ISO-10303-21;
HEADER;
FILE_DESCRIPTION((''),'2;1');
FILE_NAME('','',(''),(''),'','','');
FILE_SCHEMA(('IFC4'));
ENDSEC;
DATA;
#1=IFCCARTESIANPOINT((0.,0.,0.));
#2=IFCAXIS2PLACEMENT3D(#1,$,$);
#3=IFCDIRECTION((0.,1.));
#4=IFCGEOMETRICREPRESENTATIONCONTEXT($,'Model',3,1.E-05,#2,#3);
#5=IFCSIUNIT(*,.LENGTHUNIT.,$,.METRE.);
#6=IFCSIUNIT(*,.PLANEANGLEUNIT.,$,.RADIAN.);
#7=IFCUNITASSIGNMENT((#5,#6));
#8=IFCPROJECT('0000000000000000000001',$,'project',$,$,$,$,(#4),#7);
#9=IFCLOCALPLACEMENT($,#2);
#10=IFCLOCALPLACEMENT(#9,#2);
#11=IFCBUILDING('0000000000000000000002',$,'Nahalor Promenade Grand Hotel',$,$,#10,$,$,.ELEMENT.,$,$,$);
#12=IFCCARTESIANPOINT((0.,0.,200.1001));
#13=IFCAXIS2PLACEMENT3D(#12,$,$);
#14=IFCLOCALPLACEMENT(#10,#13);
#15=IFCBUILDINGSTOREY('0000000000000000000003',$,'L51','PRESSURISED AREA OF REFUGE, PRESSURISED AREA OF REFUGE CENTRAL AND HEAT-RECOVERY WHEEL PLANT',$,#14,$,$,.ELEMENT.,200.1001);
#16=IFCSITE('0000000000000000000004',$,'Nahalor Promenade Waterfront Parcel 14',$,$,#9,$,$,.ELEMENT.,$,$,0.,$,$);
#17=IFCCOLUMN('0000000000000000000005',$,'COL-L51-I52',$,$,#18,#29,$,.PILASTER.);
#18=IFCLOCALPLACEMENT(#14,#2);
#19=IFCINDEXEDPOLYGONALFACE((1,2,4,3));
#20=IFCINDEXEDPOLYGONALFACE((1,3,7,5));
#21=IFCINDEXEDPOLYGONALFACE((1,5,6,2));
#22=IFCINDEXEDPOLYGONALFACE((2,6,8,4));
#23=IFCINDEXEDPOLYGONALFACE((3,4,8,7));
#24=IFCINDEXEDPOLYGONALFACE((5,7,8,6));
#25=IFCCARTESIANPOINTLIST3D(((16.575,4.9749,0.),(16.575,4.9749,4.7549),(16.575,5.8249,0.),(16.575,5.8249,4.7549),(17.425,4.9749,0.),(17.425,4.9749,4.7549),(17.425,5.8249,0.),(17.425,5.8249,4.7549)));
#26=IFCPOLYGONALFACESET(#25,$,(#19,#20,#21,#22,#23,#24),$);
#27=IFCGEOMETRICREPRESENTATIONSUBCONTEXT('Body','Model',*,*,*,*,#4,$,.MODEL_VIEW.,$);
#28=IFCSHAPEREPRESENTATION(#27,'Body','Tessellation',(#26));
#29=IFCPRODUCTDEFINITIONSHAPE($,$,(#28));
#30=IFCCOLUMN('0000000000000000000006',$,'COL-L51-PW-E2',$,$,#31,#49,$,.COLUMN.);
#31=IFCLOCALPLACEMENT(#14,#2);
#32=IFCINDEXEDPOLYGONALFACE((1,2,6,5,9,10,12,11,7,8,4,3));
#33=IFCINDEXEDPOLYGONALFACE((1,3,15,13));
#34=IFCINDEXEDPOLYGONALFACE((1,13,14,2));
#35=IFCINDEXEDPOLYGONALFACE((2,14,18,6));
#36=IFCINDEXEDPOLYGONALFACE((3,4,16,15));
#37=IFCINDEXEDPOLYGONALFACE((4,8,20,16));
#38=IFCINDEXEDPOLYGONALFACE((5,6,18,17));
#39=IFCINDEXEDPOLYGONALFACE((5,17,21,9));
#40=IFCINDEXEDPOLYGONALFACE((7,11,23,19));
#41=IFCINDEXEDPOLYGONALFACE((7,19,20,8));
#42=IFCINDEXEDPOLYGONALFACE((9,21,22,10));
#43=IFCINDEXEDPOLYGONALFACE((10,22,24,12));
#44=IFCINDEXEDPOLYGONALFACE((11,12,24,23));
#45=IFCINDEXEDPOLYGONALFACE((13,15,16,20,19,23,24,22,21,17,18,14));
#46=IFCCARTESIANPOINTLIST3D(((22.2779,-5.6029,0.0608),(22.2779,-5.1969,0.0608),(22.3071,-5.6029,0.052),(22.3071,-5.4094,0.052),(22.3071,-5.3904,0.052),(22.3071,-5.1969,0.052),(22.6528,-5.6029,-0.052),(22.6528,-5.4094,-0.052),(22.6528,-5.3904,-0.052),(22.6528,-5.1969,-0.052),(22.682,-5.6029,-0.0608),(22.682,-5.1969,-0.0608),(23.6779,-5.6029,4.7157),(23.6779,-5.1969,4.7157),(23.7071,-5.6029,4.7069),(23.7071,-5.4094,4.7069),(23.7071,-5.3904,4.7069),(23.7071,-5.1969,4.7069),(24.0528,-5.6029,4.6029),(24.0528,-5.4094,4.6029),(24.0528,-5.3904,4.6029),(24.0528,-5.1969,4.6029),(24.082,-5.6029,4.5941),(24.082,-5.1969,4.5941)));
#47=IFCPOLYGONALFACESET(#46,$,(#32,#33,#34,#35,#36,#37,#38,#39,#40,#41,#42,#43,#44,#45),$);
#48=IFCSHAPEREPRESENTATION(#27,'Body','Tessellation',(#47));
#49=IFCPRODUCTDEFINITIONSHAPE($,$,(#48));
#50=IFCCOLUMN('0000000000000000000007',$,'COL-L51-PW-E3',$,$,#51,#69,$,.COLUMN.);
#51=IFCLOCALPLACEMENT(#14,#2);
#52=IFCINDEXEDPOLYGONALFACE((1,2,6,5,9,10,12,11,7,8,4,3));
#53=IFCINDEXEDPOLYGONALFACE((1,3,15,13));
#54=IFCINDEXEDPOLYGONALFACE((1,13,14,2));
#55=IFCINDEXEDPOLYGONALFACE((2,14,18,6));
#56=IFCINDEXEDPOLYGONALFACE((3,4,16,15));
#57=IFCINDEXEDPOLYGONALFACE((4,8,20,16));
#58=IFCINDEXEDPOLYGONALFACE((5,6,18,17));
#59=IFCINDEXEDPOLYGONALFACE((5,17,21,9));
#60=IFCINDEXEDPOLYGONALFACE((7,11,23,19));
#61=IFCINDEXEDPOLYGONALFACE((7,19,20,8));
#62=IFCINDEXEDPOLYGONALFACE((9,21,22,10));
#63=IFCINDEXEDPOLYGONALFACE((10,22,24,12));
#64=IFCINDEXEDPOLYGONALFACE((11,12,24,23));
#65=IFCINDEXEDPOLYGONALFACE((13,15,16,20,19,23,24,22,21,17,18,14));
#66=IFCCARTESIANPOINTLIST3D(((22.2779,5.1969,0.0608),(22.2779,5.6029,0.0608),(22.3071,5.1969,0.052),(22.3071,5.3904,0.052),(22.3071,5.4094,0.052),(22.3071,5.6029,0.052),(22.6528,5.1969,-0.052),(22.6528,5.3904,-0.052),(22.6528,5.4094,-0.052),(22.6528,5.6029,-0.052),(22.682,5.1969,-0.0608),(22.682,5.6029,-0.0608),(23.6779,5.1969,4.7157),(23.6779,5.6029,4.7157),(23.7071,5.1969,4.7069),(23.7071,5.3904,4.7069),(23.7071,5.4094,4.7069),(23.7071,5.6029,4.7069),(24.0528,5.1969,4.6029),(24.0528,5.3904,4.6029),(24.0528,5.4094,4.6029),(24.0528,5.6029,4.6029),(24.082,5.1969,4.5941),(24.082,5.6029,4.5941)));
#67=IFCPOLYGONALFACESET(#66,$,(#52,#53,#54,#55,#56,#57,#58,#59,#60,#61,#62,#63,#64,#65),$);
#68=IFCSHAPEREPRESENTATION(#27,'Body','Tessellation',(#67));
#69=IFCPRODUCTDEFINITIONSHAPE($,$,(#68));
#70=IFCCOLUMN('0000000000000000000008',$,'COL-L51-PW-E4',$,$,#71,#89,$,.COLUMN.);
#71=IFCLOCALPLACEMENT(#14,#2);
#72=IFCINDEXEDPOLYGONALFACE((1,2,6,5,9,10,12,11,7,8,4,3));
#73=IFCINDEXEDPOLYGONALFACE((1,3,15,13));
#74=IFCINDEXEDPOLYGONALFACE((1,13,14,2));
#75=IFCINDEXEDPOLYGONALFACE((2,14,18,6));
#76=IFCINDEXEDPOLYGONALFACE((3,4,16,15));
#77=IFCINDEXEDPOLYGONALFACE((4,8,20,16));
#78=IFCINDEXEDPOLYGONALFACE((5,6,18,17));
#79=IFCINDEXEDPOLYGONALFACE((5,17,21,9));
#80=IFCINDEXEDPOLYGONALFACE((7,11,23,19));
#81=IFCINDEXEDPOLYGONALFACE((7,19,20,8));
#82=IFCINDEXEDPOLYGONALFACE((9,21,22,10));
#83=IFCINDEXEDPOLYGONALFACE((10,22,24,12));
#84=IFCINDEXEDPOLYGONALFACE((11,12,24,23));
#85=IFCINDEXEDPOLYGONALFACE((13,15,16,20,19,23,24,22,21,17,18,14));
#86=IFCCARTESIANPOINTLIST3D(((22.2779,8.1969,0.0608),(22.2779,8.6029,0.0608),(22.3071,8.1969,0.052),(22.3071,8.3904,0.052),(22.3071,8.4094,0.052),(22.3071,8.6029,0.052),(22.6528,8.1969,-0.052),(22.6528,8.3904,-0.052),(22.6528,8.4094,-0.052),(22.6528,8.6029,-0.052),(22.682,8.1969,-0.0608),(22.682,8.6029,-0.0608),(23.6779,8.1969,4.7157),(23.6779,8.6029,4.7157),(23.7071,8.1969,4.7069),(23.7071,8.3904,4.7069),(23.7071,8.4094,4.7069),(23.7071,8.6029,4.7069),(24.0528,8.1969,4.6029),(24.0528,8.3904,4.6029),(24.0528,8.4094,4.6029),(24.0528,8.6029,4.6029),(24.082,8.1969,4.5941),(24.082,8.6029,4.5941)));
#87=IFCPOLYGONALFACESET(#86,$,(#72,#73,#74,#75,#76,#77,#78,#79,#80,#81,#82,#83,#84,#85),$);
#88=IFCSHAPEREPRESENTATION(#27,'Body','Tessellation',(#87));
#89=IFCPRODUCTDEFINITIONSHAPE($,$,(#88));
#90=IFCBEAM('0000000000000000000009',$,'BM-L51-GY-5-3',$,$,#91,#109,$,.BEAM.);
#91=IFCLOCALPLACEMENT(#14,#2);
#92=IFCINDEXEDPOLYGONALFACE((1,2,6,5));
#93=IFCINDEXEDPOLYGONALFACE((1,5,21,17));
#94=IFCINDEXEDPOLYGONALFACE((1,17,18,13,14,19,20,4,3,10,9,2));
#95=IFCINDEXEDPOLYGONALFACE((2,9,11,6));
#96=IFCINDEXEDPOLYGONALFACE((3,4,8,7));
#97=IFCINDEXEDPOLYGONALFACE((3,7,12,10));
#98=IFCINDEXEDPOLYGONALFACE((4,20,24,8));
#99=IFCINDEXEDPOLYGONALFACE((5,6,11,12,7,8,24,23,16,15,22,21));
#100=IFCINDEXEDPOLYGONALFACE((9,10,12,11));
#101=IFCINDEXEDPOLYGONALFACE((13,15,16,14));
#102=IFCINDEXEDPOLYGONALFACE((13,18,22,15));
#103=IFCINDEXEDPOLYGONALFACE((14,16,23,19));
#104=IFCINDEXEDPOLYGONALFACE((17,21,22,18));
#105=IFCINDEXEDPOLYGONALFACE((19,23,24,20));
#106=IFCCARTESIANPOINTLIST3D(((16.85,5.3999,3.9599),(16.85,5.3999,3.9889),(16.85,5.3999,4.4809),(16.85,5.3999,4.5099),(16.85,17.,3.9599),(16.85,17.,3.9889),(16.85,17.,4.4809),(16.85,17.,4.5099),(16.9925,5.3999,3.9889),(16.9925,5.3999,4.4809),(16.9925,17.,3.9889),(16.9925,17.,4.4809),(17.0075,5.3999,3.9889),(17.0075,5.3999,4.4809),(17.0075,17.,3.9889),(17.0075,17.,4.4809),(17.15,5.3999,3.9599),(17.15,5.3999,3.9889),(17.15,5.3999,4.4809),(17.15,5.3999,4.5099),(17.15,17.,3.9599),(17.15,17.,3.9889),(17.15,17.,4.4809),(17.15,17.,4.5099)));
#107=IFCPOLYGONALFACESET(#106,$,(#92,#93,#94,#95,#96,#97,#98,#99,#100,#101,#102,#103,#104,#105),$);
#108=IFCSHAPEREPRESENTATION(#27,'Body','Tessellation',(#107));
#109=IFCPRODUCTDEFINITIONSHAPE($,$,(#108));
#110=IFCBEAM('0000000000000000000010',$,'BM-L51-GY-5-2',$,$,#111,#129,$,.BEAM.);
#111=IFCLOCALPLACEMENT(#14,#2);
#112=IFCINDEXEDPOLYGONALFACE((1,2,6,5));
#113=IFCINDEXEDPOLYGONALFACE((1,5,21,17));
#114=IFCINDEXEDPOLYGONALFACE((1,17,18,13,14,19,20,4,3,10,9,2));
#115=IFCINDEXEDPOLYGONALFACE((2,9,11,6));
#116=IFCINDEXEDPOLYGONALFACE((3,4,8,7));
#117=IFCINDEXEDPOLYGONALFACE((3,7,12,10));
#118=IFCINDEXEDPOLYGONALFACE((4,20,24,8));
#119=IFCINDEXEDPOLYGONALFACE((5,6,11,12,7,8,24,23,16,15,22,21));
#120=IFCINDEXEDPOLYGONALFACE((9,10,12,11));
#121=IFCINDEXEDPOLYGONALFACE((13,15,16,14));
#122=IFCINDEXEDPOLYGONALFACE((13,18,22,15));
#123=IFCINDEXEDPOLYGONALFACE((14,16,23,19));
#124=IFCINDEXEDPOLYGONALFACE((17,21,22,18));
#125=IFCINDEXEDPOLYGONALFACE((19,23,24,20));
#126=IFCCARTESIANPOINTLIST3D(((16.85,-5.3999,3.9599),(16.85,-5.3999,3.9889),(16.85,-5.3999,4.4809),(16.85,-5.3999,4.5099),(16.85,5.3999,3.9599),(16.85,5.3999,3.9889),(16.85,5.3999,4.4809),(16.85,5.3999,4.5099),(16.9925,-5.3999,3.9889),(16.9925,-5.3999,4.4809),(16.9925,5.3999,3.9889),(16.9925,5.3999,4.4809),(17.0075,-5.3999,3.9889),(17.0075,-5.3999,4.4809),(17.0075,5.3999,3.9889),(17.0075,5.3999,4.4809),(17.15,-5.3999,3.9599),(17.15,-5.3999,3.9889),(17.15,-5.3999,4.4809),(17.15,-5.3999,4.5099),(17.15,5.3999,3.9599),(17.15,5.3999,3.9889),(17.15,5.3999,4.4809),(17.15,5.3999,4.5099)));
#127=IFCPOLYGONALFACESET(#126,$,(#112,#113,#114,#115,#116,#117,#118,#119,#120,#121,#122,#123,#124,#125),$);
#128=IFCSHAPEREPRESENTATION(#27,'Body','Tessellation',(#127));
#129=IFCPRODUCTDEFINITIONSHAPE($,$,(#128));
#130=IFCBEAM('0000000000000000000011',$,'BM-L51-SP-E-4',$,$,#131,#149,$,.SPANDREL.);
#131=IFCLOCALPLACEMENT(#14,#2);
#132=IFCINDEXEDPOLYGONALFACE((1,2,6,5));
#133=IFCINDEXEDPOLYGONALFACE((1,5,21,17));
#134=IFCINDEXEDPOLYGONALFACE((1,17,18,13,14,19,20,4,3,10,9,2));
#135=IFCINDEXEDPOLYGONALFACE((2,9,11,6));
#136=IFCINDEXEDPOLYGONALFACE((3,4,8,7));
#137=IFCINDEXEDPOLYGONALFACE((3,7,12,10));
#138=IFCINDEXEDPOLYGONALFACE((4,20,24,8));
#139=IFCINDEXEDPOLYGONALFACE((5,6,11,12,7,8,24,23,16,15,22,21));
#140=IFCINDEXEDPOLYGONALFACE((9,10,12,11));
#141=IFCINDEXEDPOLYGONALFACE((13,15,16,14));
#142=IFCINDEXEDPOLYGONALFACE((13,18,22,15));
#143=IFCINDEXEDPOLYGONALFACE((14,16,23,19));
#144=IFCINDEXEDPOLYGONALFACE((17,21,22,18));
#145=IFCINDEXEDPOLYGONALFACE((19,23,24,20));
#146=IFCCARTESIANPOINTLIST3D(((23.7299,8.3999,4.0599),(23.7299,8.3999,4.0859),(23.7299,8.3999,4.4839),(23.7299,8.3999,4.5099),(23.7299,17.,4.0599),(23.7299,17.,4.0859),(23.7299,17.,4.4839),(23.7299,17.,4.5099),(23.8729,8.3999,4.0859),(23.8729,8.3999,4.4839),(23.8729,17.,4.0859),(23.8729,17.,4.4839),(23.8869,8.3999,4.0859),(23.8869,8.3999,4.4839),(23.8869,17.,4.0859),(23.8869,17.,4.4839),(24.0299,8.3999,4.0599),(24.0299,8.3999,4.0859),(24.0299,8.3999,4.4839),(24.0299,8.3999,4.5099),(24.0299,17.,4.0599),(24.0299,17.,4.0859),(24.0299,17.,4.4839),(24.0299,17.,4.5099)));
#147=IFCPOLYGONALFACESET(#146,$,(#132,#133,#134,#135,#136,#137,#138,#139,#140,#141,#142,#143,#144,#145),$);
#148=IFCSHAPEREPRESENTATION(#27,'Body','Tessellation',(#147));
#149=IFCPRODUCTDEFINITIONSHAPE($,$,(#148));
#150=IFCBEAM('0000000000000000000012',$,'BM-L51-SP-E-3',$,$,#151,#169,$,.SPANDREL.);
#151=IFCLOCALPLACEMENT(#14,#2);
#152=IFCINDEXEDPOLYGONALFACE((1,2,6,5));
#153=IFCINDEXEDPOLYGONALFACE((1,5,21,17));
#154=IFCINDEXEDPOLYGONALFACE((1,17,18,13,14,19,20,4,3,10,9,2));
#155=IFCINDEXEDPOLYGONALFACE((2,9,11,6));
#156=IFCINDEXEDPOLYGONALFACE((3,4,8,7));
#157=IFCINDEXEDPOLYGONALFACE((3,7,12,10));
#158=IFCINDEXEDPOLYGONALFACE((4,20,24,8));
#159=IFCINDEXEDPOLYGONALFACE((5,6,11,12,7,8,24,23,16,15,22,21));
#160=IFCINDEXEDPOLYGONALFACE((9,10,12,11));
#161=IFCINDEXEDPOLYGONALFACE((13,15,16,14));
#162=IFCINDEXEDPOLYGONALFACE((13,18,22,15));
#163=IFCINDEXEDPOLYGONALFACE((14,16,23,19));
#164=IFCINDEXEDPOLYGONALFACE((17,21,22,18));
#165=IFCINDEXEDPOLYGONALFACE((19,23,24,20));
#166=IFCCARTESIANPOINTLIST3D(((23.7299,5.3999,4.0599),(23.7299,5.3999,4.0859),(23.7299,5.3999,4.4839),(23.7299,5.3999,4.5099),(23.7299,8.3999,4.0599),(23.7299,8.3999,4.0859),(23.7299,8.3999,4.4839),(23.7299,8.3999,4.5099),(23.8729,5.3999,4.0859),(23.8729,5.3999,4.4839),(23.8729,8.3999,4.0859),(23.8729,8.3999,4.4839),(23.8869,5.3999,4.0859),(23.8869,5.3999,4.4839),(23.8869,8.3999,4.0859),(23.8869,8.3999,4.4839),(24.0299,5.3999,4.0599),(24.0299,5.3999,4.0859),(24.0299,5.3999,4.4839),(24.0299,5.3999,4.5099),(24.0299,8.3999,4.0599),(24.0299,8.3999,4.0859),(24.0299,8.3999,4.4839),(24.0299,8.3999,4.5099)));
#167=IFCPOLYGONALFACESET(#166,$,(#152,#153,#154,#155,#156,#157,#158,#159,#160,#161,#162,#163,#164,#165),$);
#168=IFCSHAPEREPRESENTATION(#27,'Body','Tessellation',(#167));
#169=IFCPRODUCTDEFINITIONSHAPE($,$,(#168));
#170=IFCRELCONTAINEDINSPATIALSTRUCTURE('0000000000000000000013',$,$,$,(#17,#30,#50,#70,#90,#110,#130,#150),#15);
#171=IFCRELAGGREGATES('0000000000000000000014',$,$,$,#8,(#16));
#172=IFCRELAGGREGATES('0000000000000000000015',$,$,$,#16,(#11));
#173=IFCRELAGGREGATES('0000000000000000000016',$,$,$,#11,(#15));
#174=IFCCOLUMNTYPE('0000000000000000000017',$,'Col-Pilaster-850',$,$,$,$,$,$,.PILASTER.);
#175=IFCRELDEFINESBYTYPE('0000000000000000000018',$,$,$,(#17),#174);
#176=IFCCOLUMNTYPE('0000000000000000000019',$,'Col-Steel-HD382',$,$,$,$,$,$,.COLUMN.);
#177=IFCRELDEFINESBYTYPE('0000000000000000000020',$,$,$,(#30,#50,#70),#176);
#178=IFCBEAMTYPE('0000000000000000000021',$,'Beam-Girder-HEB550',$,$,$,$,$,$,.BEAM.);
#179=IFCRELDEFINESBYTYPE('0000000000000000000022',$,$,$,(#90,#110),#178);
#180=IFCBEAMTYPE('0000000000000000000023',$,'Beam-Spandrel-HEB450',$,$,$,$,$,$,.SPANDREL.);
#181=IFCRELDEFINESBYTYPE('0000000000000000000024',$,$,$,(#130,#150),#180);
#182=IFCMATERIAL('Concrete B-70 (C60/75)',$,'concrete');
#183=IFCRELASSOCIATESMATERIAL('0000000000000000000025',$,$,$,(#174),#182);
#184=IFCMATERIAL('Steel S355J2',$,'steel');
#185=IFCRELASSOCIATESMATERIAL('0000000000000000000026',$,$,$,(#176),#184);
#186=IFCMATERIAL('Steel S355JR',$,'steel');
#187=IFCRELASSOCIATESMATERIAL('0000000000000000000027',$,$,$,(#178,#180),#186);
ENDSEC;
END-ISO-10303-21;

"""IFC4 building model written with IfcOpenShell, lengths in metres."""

from ifc_helpers import new_model, si_unit, direction, frame, origin, origin_2d, place, context, subcontext, project, spatial, rectangle, i_section, extrude, source, transform, mapped, material, material_profile, profile_set, type_object, element, save


model = new_model("IFC4")

# Units and contexts
model_context = context("Model", 3, precision=1e-05, world=origin(), true_north=direction((0.0, 1.0)))
body_context = subcontext(model_context, "Body", "Model", "MODEL_VIEW")
ifc_project = project(units=[si_unit("LENGTHUNIT", "METRE"), si_unit("PLANEANGLEUNIT", "RADIAN")], contexts=[model_context])

# Site, building, storey
site_placement = place(None, origin())
site = spatial("IfcSite", under=ifc_project, at=site_placement, Name="Nahalor Promenade Waterfront Parcel 14", CompositionType="ELEMENT", RefElevation=0.0)
building_placement = place(site_placement, origin())
building = spatial("IfcBuilding", under=site, at=building_placement, Name="Nahalor Promenade Grand Hotel", CompositionType="ELEMENT")
storey_placement = place(building_placement, frame((0.0, 0.0, 200.1001)))
storey = spatial("IfcBuildingStorey", under=building, at=storey_placement, Name="L51", Description="PRESSURISED AREA OF REFUGE, PRESSURISED AREA OF REFUGE CENTRAL AND HEAT-RECOVERY WHEEL PLANT", CompositionType="ELEMENT", Elevation=200.1001)

# Columns
ifc_material_1 = material(Name="Concrete B-70 (C60/75)", Category="concrete")
ifc_material_profile_1 = material_profile(ifc_material_1, rectangle(XDim=0.85, YDim=0.85, at=origin_2d()), Name="RC 850x850")
ifc_profile_set_1 = profile_set([ifc_material_profile_1], Name="Concrete B-70 (C60/75)")
column_type_1 = type_object("IfcColumnType", Name="Col-Pilaster-850", PredefinedType="PILASTER", material=ifc_profile_set_1)
shared_shape_1 = source(origin(), body_context, "Body", "SweptSolid", [
    extrude(rectangle(XDim=0.85, YDim=0.85, at=origin_2d()), origin(), (0.0, 0.0, 1.0), 4.7549),
])
column_placement = place(storey_placement, frame((17.0, 5.3999, 0.0), z_axis=(0.0, 0.0, 1.0), x_axis=(1.0, 0.0, 0.0)))
element("IfcColumn", 1, at=column_placement, inside=storey, type_object=column_type_1, Name="COL-L51-I52", PredefinedType="PILASTER", context=body_context, shape_type="MappedRepresentation", body=[
    mapped(shared_shape_1, transform((0.0, 0.0, 0.0), scale=1.0)),
])
ifc_material_2 = material(Name="Steel S355J2", Category="steel")
ifc_material_profile_2 = material_profile(ifc_material_2, i_section(OverallWidth=0.406, OverallDepth=0.422, WebThickness=0.019, FlangeThickness=0.0305, at=origin_2d()), Name="HD 400x382")
ifc_profile_set_2 = profile_set([ifc_material_profile_2], Name="Steel S355J2")
column_type_2 = type_object("IfcColumnType", Name="Col-Steel-HD382", PredefinedType="COLUMN", material=ifc_profile_set_2)
shared_shape_2 = source(origin(), body_context, "Body", "SweptSolid", [
    extrude(i_section(OverallWidth=0.406, OverallDepth=0.422, WebThickness=0.019, FlangeThickness=0.0305, at=origin_2d()), origin(), (0.0, 0.0, 1.0), 4.8608),
])
for number, where, z_axis, x_axis, name in (
    (2, (22.48, -5.3999, 0.0), (0.288002, 0.0, 0.95763), (0.0, 1.0, 0.0), "COL-L51-PW-E2"),
    (3, (22.48, 5.3999, 0.0), (0.288002, 0.0, 0.95763), (0.0, 1.0, 0.0), "COL-L51-PW-E3"),
    (4, (22.48, 8.3999, 0.0), (0.288002, 0.0, 0.95763), (0.0, 1.0, 0.0), "COL-L51-PW-E4"),
):
    element("IfcColumn", number, at=place(storey_placement, frame(where, z_axis=z_axis, x_axis=x_axis)), inside=storey, type_object=column_type_2, Name=name, PredefinedType="COLUMN", context=body_context, shape_type="MappedRepresentation", body=[
        mapped(shared_shape_2, transform((0.0, 0.0, 0.0), scale=1.0)),
    ])

# Beams
ifc_material_3 = material(Name="Steel S355JR", Category="steel")
ifc_material_profile_3 = material_profile(ifc_material_3, i_section(OverallWidth=0.3, OverallDepth=0.55, WebThickness=0.015, FlangeThickness=0.029, at=origin_2d()), Name="HEB 550")
ifc_profile_set_3 = profile_set([ifc_material_profile_3], Name="Steel S355JR")
beam_type_1 = type_object("IfcBeamType", Name="Beam-Girder-HEB550", PredefinedType="BEAM", material=ifc_profile_set_3)
shared_shape_3 = source(origin(), body_context, "Body", "SweptSolid", [
    extrude(i_section(OverallWidth=0.3, OverallDepth=0.55, WebThickness=0.015, FlangeThickness=0.029, at=origin_2d()), origin(), (0.0, 0.0, 1.0), 11.6001),
])
beam_1_placement = place(storey_placement, frame((17.0, 5.3999, 4.2349), z_axis=(0.0, 1.0, 0.0), x_axis=(-1.0, 0.0, 0.0)))
element("IfcBeam", 5, at=beam_1_placement, inside=storey, type_object=beam_type_1, Name="BM-L51-GY-5-3", PredefinedType="BEAM", context=body_context, shape_type="MappedRepresentation", body=[
    mapped(shared_shape_3, transform((0.0, 0.0, 0.0), scale=1.0)),
])
shared_shape_4 = source(origin(), body_context, "Body", "SweptSolid", [
    extrude(i_section(OverallWidth=0.3, OverallDepth=0.55, WebThickness=0.015, FlangeThickness=0.029, at=origin_2d()), origin(), (0.0, 0.0, 1.0), 10.7998),
])
beam_2_placement = place(storey_placement, frame((17.0, -5.3999, 4.2349), z_axis=(0.0, 1.0, 0.0), x_axis=(-1.0, 0.0, 0.0)))
element("IfcBeam", 6, at=beam_2_placement, inside=storey, type_object=beam_type_1, Name="BM-L51-GY-5-2", PredefinedType="BEAM", context=body_context, shape_type="MappedRepresentation", body=[
    mapped(shared_shape_4, transform((0.0, 0.0, 0.0), scale=1.0)),
])
ifc_material_profile_4 = material_profile(ifc_material_3, i_section(OverallWidth=0.3, OverallDepth=0.45, WebThickness=0.014, FlangeThickness=0.026, at=origin_2d()), Name="HEB 450")
ifc_profile_set_4 = profile_set([ifc_material_profile_4], Name="Steel S355JR")
beam_type_2 = type_object("IfcBeamType", Name="Beam-Spandrel-HEB450", PredefinedType="SPANDREL", material=ifc_profile_set_4)
shared_shape_5 = source(origin(), body_context, "Body", "SweptSolid", [
    extrude(i_section(OverallWidth=0.3, OverallDepth=0.45, WebThickness=0.014, FlangeThickness=0.026, at=origin_2d()), origin(), (0.0, 0.0, 1.0), 8.6001),
])
beam_3_placement = place(storey_placement, frame((23.8799, 8.3999, 4.2849), z_axis=(0.0, 1.0, 0.0), x_axis=(-1.0, 0.0, 0.0)))
element("IfcBeam", 7, at=beam_3_placement, inside=storey, type_object=beam_type_2, Name="BM-L51-SP-E-4", PredefinedType="SPANDREL", context=body_context, shape_type="MappedRepresentation", body=[
    mapped(shared_shape_5, transform((0.0, 0.0, 0.0), scale=1.0)),
])
shared_shape_6 = source(origin(), body_context, "Body", "SweptSolid", [
    extrude(i_section(OverallWidth=0.3, OverallDepth=0.45, WebThickness=0.014, FlangeThickness=0.026, at=origin_2d()), origin(), (0.0, 0.0, 1.0), 3.0),
])
beam_4_placement = place(storey_placement, frame((23.8799, 5.3999, 4.2849), z_axis=(0.0, 1.0, 0.0), x_axis=(-1.0, 0.0, 0.0)))
element("IfcBeam", 8, at=beam_4_placement, inside=storey, type_object=beam_type_2, Name="BM-L51-SP-E-3", PredefinedType="SPANDREL", context=body_context, shape_type="MappedRepresentation", body=[
    mapped(shared_shape_6, transform((0.0, 0.0, 0.0), scale=1.0)),
])

save(model, "model.ifc")
